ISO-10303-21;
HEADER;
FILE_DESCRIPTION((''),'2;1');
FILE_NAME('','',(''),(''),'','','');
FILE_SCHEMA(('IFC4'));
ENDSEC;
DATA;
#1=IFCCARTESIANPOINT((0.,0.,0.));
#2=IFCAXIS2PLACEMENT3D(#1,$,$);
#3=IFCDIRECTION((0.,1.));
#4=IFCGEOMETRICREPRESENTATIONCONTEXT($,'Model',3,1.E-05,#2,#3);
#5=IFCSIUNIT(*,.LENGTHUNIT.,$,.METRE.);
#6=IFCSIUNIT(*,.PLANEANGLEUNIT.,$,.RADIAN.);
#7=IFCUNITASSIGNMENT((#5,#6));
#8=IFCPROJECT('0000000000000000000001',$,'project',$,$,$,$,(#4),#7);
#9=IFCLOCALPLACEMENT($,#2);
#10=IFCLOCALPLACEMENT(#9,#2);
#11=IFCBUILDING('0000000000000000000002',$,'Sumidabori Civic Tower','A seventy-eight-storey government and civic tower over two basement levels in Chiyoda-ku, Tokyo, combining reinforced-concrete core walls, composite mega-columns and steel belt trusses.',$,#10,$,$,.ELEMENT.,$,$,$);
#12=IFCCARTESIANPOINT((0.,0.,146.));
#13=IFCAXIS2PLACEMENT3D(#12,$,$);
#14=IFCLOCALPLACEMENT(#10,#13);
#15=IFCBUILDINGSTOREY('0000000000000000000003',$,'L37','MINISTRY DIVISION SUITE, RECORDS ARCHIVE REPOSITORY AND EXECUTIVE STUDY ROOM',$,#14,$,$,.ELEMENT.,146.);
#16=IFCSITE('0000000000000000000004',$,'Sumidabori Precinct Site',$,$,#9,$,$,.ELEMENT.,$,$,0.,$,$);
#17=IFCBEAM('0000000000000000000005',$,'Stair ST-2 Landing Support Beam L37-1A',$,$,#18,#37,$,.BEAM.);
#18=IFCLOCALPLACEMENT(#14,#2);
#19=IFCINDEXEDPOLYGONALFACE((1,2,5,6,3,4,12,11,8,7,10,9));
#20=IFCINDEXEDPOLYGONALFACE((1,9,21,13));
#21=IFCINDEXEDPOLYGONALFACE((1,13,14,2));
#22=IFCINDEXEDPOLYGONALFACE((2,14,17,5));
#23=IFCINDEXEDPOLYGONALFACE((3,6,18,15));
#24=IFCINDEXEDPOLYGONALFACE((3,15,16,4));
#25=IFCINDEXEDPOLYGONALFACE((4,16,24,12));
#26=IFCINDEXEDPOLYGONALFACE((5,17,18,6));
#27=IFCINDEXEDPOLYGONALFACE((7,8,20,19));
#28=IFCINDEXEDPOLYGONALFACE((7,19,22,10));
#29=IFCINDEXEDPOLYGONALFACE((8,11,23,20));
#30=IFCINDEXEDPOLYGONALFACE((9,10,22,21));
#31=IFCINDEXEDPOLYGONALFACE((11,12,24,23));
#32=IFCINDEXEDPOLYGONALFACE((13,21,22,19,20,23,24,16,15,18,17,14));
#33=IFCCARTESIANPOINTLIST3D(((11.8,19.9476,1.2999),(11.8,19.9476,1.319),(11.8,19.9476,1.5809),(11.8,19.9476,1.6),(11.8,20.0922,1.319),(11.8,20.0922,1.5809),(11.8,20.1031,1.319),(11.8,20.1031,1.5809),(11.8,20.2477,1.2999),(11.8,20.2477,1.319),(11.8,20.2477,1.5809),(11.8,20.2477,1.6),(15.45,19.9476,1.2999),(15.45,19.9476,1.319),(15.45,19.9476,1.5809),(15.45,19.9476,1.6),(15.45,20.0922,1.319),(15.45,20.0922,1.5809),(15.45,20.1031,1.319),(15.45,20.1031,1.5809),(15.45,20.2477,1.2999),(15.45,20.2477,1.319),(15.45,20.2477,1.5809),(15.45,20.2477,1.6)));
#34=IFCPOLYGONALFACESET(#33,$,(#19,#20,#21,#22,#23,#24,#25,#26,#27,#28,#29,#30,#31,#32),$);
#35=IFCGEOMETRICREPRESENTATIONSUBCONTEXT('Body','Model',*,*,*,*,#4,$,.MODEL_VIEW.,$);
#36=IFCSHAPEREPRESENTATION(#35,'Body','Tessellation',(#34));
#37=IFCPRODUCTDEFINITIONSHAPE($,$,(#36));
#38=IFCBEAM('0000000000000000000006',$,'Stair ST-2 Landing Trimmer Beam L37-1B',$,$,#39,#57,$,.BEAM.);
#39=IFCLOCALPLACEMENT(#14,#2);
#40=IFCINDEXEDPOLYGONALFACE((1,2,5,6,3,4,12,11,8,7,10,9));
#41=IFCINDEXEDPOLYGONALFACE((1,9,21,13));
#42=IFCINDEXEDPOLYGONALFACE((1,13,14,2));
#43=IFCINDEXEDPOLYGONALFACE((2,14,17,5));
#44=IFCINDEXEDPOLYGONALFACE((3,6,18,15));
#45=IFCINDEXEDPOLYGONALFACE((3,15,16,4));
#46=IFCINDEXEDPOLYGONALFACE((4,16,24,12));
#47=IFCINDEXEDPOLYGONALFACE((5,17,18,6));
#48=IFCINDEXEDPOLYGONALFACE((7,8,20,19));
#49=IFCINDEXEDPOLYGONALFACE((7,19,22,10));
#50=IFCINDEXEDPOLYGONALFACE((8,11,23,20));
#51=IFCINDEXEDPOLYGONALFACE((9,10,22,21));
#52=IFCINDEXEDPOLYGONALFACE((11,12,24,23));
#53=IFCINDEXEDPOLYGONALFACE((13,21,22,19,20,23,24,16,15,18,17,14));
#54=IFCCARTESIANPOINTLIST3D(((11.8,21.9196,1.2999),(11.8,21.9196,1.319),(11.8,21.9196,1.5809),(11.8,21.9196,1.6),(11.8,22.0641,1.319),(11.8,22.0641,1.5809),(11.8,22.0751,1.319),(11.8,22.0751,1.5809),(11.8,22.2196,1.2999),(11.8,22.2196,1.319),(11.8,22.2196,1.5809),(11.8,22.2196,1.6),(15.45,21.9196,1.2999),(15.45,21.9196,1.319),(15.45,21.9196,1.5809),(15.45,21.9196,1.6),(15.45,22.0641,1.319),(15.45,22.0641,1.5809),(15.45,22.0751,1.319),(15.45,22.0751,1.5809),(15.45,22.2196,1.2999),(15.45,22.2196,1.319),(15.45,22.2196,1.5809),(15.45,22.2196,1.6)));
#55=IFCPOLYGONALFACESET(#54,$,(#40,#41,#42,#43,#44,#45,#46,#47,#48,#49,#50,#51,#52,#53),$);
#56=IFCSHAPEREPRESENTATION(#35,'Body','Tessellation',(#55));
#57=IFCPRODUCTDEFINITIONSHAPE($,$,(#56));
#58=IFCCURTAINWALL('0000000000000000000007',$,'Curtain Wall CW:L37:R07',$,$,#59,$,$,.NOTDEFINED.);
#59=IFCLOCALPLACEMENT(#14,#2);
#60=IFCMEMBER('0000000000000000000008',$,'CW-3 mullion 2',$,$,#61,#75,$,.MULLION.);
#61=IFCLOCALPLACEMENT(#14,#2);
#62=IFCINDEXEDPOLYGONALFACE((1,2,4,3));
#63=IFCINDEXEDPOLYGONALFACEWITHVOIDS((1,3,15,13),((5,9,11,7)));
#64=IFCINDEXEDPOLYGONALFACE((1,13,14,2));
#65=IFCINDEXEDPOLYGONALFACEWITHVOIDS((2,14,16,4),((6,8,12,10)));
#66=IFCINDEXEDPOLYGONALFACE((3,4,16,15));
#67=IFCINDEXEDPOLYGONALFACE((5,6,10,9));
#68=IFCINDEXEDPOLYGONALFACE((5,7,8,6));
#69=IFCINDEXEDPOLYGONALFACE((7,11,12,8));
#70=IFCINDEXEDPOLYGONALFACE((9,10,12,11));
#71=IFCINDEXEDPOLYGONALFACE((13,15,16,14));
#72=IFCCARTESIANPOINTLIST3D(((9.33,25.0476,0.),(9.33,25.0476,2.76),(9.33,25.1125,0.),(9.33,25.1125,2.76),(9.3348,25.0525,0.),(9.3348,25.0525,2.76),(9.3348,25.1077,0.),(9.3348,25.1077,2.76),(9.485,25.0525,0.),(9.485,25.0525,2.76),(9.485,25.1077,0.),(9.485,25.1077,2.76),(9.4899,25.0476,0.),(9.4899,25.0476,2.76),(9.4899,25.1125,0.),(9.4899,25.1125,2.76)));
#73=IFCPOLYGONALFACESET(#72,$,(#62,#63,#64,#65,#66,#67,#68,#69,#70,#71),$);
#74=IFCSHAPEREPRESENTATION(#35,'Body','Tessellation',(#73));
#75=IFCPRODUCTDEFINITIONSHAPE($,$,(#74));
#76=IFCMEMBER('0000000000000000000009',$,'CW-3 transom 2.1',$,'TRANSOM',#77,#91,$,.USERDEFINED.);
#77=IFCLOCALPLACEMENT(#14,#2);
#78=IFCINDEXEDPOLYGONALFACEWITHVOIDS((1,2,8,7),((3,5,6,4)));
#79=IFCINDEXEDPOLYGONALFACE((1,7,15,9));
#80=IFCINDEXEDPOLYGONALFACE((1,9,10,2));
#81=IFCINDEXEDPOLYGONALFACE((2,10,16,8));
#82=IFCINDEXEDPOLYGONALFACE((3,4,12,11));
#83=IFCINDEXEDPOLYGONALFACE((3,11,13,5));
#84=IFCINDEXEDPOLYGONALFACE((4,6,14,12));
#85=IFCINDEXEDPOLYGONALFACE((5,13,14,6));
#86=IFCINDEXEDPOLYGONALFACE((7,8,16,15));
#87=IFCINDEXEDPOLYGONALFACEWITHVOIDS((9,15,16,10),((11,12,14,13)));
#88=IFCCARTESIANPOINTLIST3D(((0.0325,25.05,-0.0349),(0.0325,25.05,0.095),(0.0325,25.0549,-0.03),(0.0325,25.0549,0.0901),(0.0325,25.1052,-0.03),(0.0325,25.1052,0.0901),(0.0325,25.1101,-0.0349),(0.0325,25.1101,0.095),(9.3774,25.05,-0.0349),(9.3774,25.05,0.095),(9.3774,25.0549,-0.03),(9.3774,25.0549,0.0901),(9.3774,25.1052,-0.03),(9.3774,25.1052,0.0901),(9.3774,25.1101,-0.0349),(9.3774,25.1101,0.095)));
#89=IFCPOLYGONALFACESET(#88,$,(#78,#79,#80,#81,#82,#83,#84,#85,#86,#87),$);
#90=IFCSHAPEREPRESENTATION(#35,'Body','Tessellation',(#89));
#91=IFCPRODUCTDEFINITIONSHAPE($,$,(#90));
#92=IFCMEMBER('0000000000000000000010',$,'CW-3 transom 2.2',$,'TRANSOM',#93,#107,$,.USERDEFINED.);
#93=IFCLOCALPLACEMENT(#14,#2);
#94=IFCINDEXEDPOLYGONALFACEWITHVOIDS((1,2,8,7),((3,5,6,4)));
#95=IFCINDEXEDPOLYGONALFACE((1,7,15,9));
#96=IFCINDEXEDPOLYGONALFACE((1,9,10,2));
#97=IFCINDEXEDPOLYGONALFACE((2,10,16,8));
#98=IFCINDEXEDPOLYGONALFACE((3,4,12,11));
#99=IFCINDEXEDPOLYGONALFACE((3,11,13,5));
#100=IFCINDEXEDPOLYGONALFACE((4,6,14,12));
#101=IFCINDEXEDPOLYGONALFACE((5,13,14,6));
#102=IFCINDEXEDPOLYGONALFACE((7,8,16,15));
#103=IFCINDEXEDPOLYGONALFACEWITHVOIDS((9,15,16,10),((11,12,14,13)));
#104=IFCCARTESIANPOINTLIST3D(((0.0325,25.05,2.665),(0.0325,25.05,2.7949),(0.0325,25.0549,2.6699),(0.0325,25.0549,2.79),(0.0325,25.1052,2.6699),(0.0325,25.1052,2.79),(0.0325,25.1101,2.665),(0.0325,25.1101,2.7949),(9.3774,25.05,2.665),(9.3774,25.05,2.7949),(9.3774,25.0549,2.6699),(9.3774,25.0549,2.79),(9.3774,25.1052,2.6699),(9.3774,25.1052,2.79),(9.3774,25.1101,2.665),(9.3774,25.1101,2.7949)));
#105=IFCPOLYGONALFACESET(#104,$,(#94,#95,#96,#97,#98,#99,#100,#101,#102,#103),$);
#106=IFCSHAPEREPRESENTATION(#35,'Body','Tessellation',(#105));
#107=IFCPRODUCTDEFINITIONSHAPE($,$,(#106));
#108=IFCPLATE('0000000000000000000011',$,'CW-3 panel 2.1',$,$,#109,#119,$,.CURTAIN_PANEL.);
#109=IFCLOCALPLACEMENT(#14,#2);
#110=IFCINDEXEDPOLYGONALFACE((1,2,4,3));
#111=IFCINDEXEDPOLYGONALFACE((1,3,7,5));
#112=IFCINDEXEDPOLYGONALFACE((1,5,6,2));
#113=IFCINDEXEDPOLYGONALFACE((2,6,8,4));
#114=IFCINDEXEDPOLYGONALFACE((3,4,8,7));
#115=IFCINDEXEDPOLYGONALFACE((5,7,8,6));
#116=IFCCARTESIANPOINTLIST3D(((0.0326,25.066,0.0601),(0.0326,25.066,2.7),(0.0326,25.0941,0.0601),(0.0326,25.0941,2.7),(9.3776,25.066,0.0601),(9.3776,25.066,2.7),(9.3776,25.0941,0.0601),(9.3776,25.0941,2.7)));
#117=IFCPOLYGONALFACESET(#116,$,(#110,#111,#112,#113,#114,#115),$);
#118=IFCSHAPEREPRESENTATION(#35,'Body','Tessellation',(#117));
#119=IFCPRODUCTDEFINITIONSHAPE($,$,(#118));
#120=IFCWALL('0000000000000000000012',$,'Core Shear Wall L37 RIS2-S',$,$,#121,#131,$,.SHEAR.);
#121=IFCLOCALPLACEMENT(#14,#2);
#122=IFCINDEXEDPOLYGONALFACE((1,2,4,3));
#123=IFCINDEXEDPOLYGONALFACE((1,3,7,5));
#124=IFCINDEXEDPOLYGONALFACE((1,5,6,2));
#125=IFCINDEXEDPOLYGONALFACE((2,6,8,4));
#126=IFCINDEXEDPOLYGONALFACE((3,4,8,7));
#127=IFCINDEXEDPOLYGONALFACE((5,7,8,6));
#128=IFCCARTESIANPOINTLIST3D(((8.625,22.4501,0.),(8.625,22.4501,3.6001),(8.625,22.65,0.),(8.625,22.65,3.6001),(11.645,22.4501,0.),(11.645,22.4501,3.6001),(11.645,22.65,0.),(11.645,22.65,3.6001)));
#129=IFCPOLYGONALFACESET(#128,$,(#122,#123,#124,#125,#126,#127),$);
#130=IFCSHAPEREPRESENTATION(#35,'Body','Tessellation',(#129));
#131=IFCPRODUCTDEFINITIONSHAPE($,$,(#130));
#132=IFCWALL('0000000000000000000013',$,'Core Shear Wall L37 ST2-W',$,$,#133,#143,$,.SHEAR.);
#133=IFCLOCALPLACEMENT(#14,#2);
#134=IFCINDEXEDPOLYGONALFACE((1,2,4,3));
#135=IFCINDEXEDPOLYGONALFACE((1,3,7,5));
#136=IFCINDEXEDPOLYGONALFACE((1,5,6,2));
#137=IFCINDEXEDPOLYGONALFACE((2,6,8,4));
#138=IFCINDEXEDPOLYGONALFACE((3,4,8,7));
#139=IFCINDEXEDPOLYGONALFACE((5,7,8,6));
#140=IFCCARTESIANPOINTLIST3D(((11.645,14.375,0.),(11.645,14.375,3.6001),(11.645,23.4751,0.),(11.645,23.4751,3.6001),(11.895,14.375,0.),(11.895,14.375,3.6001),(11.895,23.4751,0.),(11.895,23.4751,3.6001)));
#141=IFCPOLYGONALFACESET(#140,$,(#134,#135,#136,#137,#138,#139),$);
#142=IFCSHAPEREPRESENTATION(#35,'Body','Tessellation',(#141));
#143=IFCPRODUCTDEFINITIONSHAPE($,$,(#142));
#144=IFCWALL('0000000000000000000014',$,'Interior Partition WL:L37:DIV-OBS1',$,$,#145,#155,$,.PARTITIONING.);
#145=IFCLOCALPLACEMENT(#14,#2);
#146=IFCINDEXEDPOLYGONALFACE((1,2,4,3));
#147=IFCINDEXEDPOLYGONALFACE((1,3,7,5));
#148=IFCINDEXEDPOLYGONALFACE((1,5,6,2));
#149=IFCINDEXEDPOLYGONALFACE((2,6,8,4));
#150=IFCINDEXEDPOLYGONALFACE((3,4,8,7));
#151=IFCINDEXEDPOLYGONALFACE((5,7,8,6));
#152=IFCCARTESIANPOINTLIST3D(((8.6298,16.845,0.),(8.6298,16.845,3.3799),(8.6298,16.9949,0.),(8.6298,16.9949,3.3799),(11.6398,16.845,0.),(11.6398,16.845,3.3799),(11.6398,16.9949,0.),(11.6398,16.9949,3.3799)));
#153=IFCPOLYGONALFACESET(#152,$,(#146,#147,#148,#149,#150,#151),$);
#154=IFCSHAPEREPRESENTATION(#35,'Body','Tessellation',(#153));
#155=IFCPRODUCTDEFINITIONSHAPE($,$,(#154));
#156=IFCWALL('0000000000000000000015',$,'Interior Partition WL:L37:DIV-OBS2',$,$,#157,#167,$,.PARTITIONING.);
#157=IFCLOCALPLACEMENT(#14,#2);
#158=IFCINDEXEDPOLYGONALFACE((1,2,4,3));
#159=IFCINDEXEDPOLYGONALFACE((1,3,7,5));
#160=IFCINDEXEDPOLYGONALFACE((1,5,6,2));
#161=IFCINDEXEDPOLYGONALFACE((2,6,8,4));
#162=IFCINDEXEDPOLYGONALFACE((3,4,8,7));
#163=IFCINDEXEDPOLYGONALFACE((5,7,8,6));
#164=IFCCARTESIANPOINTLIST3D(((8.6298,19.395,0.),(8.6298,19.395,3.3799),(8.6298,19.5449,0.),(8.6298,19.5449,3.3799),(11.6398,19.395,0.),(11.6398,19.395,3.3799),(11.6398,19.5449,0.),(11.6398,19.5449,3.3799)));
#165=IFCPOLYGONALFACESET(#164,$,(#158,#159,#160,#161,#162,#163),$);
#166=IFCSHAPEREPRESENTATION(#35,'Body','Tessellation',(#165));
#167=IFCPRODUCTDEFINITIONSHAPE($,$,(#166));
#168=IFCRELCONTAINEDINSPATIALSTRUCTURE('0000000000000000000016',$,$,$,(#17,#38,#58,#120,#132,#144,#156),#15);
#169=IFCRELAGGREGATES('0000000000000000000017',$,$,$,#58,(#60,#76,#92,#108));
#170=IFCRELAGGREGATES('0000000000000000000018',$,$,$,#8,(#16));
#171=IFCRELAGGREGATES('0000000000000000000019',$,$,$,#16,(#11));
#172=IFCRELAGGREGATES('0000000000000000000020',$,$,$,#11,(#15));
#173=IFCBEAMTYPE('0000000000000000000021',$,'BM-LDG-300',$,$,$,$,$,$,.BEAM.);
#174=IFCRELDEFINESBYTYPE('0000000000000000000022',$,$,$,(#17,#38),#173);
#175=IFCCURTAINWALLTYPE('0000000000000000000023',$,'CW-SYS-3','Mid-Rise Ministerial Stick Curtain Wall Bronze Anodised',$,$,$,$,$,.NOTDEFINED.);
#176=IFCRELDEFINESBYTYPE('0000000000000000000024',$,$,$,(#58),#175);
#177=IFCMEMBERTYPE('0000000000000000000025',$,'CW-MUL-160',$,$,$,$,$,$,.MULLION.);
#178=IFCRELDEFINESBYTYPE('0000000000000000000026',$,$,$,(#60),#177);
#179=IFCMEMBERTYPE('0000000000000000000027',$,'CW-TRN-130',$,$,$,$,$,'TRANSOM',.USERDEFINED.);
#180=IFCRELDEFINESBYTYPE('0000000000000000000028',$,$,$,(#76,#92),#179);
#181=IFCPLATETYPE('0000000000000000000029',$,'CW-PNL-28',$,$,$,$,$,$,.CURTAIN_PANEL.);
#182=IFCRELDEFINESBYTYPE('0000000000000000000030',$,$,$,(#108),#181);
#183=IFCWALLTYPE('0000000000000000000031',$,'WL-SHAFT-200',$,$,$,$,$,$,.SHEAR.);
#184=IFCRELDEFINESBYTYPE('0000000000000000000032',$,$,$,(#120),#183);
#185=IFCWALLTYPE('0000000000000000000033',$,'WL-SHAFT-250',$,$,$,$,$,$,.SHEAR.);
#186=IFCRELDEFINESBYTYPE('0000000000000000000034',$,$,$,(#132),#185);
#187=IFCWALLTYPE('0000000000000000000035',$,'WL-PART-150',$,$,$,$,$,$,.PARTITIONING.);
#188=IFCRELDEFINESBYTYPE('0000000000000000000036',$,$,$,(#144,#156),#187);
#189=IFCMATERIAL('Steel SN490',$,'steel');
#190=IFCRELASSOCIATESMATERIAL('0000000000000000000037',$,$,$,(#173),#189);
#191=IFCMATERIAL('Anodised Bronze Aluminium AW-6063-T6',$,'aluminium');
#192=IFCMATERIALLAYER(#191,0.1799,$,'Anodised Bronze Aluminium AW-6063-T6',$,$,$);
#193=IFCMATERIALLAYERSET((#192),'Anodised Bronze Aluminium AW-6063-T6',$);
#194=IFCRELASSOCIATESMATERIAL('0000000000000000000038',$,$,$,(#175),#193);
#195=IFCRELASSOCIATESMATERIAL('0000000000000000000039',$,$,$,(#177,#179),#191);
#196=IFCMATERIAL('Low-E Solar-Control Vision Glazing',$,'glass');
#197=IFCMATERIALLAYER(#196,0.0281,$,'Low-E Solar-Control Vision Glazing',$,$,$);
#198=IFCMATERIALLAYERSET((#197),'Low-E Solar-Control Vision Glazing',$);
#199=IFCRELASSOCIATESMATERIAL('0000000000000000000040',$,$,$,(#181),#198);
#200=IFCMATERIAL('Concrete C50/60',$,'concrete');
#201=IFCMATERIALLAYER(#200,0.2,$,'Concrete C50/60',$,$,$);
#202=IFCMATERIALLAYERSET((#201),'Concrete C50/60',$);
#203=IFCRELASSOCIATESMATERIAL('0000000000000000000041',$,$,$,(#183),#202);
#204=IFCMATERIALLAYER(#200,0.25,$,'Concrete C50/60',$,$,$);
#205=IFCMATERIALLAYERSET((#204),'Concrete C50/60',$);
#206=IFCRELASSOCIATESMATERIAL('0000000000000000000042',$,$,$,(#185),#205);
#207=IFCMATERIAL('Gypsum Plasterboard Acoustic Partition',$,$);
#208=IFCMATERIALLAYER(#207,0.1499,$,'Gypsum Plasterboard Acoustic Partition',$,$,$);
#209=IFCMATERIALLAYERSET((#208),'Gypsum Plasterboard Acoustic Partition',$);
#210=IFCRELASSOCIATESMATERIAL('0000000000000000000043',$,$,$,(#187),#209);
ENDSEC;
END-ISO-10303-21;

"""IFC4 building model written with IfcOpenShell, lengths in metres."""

from ifc_helpers import new_model, si_unit, direction, frame, frame_2d, origin, origin_2d, place, context, subcontext, project, spatial, rectangle, hollow_rectangle, i_section, extrude, source, transform, mapped, material, layer, layer_set, material_profile, profile_set, type_object, element, aggregate, save


model = new_model("IFC4")

# Units and contexts
model_context = context("Model", 3, precision=1e-05, world=origin(), true_north=direction((0.0, 1.0)))
body_context = subcontext(model_context, "Body", "Model", "MODEL_VIEW")
ifc_project = project(units=[si_unit("LENGTHUNIT", "METRE"), si_unit("PLANEANGLEUNIT", "RADIAN")], contexts=[model_context])

# Site, building, storey
site_placement = place(None, origin())
site = spatial("IfcSite", under=ifc_project, at=site_placement, Name="Sumidabori Precinct Site", CompositionType="ELEMENT", RefElevation=0.0)
building_placement = place(site_placement, origin())
building = spatial("IfcBuilding", under=site, at=building_placement, Name="Sumidabori Civic Tower", Description="A seventy-eight-storey government and civic tower over two basement levels in Chiyoda-ku, Tokyo, combining reinforced-concrete core walls, composite mega-columns and steel belt trusses.", CompositionType="ELEMENT")
storey_placement = place(building_placement, frame((0.0, 0.0, 146.0)))
storey = spatial("IfcBuildingStorey", under=building, at=storey_placement, Name="L37", Description="MINISTRY DIVISION SUITE, RECORDS ARCHIVE REPOSITORY AND EXECUTIVE STUDY ROOM", CompositionType="ELEMENT", Elevation=146.0)

# Beams
ifc_material_1 = material(Name="Steel SN490", Category="steel")
ifc_material_profile_1 = material_profile(ifc_material_1, i_section(OverallWidth=0.3, OverallDepth=0.3, WebThickness=0.011, FlangeThickness=0.019, at=origin_2d()), Name="HE 300 B")
ifc_profile_set_1 = profile_set([ifc_material_profile_1], Name="Steel SN490")
beam_type = type_object("IfcBeamType", Name="BM-LDG-300", PredefinedType="BEAM", material=ifc_profile_set_1)
shared_shape_1 = source(origin(), body_context, "Body", "SweptSolid", [
    extrude(i_section(OverallWidth=0.3, OverallDepth=0.3, WebThickness=0.011, FlangeThickness=0.019, at=origin_2d()), origin(), (0.0, 0.0, 1.0), 3.6499),
])
for number, where, z_axis, x_axis, name in (
    (1, (11.8, 20.0977, 1.45), (1.0, 0.0, 0.0), (0.0, 1.0, 0.0), "Stair ST-2 Landing Support Beam L37-1A"),
    (2, (11.8, 22.0696, 1.45), (1.0, 0.0, 0.0), (0.0, 1.0, 0.0), "Stair ST-2 Landing Trimmer Beam L37-1B"),
):
    element("IfcBeam", number, at=place(storey_placement, frame(where, z_axis=z_axis, x_axis=x_axis)), inside=storey, type_object=beam_type, Name=name, PredefinedType="BEAM", context=body_context, shape_type="MappedRepresentation", body=[
        mapped(shared_shape_1, transform((0.0, 0.0, 0.0), x_axis=(1.0, 0.0, 0.0), y_axis=(0.0, 1.0, 0.0), z_axis=(0.0, 0.0, 1.0), scale=1.0)),
    ])

# Curtain wall, members, plate
ifc_material_2 = material(Name="Anodised Bronze Aluminium AW-6063-T6", Category="aluminium")
ifc_layer_1 = layer(ifc_material_2, 0.1799, Name="Anodised Bronze Aluminium AW-6063-T6")
ifc_layer_set_1 = layer_set([ifc_layer_1], Name="Anodised Bronze Aluminium AW-6063-T6")
curtain_wall_type = type_object("IfcCurtainWallType", Name="CW-SYS-3", Description="Mid-Rise Ministerial Stick Curtain Wall Bronze Anodised", PredefinedType="NOTDEFINED", material=ifc_layer_set_1)
curtain_wall_placement = place(storey_placement, origin())
curtain_wall = element("IfcCurtainWall", 3, at=curtain_wall_placement, inside=storey, type_object=curtain_wall_type, Name="Curtain Wall CW:L37:R07", PredefinedType="NOTDEFINED")
ifc_material_profile_2 = material_profile(ifc_material_2, hollow_rectangle(XDim=0.0649, YDim=0.1599, WallThickness=0.0049, at=origin_2d()), Name="ALU MULLION 160x65")
ifc_profile_set_2 = profile_set([ifc_material_profile_2], Name="Anodised Bronze Aluminium AW-6063-T6")
member_type_1 = type_object("IfcMemberType", Name="CW-MUL-160", PredefinedType="MULLION", material=ifc_profile_set_2)
shared_shape_2 = source(origin(), body_context, "Body", "SweptSolid", [
    extrude(hollow_rectangle(XDim=0.0649, YDim=0.1599, WallThickness=0.0049, at=origin_2d()), origin(), (0.0, 0.0, 1.0), 2.76),
])
member_1_placement = place(storey_placement, frame((9.4099, 25.0801, 0.0), z_axis=(0.0, 0.0, 1.0), x_axis=(0.0, -1.0, 0.0)))
member_1 = element("IfcMember", 4, at=member_1_placement, type_object=member_type_1, Name="CW-3 mullion 2", PredefinedType="MULLION", context=body_context, shape_type="MappedRepresentation", body=[
    mapped(shared_shape_2, transform((0.0, 0.0, 0.0), x_axis=(1.0, 0.0, 0.0), y_axis=(0.0, 1.0, 0.0), z_axis=(0.0, 0.0, 1.0), scale=1.0)),
])
ifc_material_profile_3 = material_profile(ifc_material_2, hollow_rectangle(XDim=0.0601, YDim=0.1299, WallThickness=0.0049, at=origin_2d()), Name="ALU TRANSOM 130x60")
ifc_profile_set_3 = profile_set([ifc_material_profile_3], Name="Anodised Bronze Aluminium AW-6063-T6")
member_type_2 = type_object("IfcMemberType", Name="CW-TRN-130", ElementType="TRANSOM", PredefinedType="USERDEFINED", material=ifc_profile_set_3)
shared_shape_3 = source(origin(), body_context, "Body", "SweptSolid", [
    extrude(hollow_rectangle(XDim=0.0601, YDim=0.1299, WallThickness=0.0049, at=origin_2d()), origin(), (0.0, 0.0, 1.0), 9.345),
])
member_2_placement = place(storey_placement, frame((9.3774, 25.0801, 0.03), z_axis=(-1.0, 0.0, 0.0), x_axis=(0.0, -1.0, 0.0)))
member_2 = element("IfcMember", 5, at=member_2_placement, type_object=member_type_2, Name="CW-3 transom 2.1", ObjectType="TRANSOM", PredefinedType="USERDEFINED", context=body_context, shape_type="MappedRepresentation", body=[
    mapped(shared_shape_3, transform((0.0, 0.0, 0.0), x_axis=(1.0, 0.0, 0.0), y_axis=(0.0, 1.0, 0.0), z_axis=(0.0, 0.0, 1.0), scale=1.0)),
])
member_3_placement = place(storey_placement, frame((9.3774, 25.0801, 2.73), z_axis=(-1.0, 0.0, 0.0), x_axis=(0.0, -1.0, 0.0)))
member_3 = element("IfcMember", 6, at=member_3_placement, type_object=member_type_2, Name="CW-3 transom 2.2", ObjectType="TRANSOM", PredefinedType="USERDEFINED", context=body_context, shape_type="MappedRepresentation", body=[
    mapped(shared_shape_3, transform((0.0, 0.0, 0.0), x_axis=(1.0, 0.0, 0.0), y_axis=(0.0, 1.0, 0.0), z_axis=(0.0, 0.0, 1.0), scale=1.0)),
])
ifc_material_3 = material(Name="Low-E Solar-Control Vision Glazing", Category="glass")
ifc_layer_2 = layer(ifc_material_3, 0.0281, Name="Low-E Solar-Control Vision Glazing")
ifc_layer_set_2 = layer_set([ifc_layer_2], Name="Low-E Solar-Control Vision Glazing")
plate_type = type_object("IfcPlateType", Name="CW-PNL-28", PredefinedType="CURTAIN_PANEL", material=ifc_layer_set_2)
shared_shape_4 = source(origin(), body_context, "Body", "SweptSolid", [
    extrude(rectangle(XDim=9.345, YDim=0.0281, at=origin_2d()), origin(), (0.0, 0.0, 1.0), 2.6399),
])
plate_placement = place(storey_placement, frame((4.7051, 25.0801, 0.0601), z_axis=(0.0, 0.0, 1.0), x_axis=(-1.0, 0.0, 0.0)))
plate = element("IfcPlate", 7, at=plate_placement, type_object=plate_type, Name="CW-3 panel 2.1", PredefinedType="CURTAIN_PANEL", context=body_context, shape_type="MappedRepresentation", body=[
    mapped(shared_shape_4, transform((0.0, 0.0, 0.0), x_axis=(1.0, 0.0, 0.0), y_axis=(0.0, 1.0, 0.0), z_axis=(0.0, 0.0, 1.0), scale=1.0)),
])
aggregate(curtain_wall, [member_1, member_2, member_3, plate])

# Wall
ifc_material_4 = material(Name="Concrete C50/60", Category="concrete")
ifc_layer_3 = layer(ifc_material_4, 0.2, Name="Concrete C50/60")
ifc_layer_set_3 = layer_set([ifc_layer_3], Name="Concrete C50/60")
wall_type_1 = type_object("IfcWallType", Name="WL-SHAFT-200", PredefinedType="SHEAR", material=ifc_layer_set_3)
shared_shape_5 = source(origin(), body_context, "Body", "SweptSolid", [
    extrude(rectangle(XDim=3.02, YDim=0.2, at=frame_2d((1.51, 0.0))), origin(), (0.0, 0.0, 1.0), 3.6001),
])
wall_1_placement = place(storey_placement, frame((8.625, 22.55, 0.0), z_axis=(0.0, 0.0, 1.0), x_axis=(1.0, 0.0, 0.0)))
element("IfcWall", 8, at=wall_1_placement, inside=storey, type_object=wall_type_1, Name="Core Shear Wall L37 RIS2-S", PredefinedType="SHEAR", context=body_context, shape_type="MappedRepresentation", body=[
    mapped(shared_shape_5, transform((0.0, 0.0, 0.0), x_axis=(1.0, 0.0, 0.0), y_axis=(0.0, 1.0, 0.0), z_axis=(0.0, 0.0, 1.0), scale=1.0)),
])

# Shared definitions
ifc_layer_4 = layer(ifc_material_4, 0.25, Name="Concrete C50/60")
ifc_layer_set_4 = layer_set([ifc_layer_4], Name="Concrete C50/60")
wall_type_2 = type_object("IfcWallType", Name="WL-SHAFT-250", PredefinedType="SHEAR", material=ifc_layer_set_4)

# Walls
shared_shape_6 = source(origin(), body_context, "Body", "SweptSolid", [
    extrude(rectangle(XDim=9.1001, YDim=0.25, at=frame_2d((4.55, 0.0))), origin(), (0.0, 0.0, 1.0), 3.6001),
])
wall_2_placement = place(storey_placement, frame((11.77, 14.375, 0.0), z_axis=(0.0, 0.0, 1.0), x_axis=(0.0, 1.0, 0.0)))
element("IfcWall", 9, at=wall_2_placement, inside=storey, type_object=wall_type_2, Name="Core Shear Wall L37 ST2-W", PredefinedType="SHEAR", context=body_context, shape_type="MappedRepresentation", body=[
    mapped(shared_shape_6, transform((0.0, 0.0, 0.0), x_axis=(1.0, 0.0, 0.0), y_axis=(0.0, 1.0, 0.0), z_axis=(0.0, 0.0, 1.0), scale=1.0)),
])
ifc_material_5 = material(Name="Gypsum Plasterboard Acoustic Partition")
ifc_layer_5 = layer(ifc_material_5, 0.1499, Name="Gypsum Plasterboard Acoustic Partition")
ifc_layer_set_5 = layer_set([ifc_layer_5], Name="Gypsum Plasterboard Acoustic Partition")
wall_type_3 = type_object("IfcWallType", Name="WL-PART-150", PredefinedType="PARTITIONING", material=ifc_layer_set_5)
shared_shape_7 = source(origin(), body_context, "Body", "SweptSolid", [
    extrude(rectangle(XDim=3.01, YDim=0.1499, at=frame_2d((1.5049, 0.0))), origin(), (0.0, 0.0, 1.0), 3.3799),
])
for number, where, z_axis, x_axis, name in (
    (10, (8.6299, 16.9199, 0.0), (0.0, 0.0, 1.0), (1.0, 0.0, 0.0), "Interior Partition WL:L37:DIV-OBS1"),
    (11, (8.6299, 19.47, 0.0), (0.0, 0.0, 1.0), (1.0, 0.0, 0.0), "Interior Partition WL:L37:DIV-OBS2"),
):
    element("IfcWall", number, at=place(storey_placement, frame(where, z_axis=z_axis, x_axis=x_axis)), inside=storey, type_object=wall_type_3, Name=name, PredefinedType="PARTITIONING", context=body_context, shape_type="MappedRepresentation", body=[
        mapped(shared_shape_7, transform((0.0, 0.0, 0.0), x_axis=(1.0, 0.0, 0.0), y_axis=(0.0, 1.0, 0.0), z_axis=(0.0, 0.0, 1.0), scale=1.0)),
    ])

save(model, "model.ifc")
